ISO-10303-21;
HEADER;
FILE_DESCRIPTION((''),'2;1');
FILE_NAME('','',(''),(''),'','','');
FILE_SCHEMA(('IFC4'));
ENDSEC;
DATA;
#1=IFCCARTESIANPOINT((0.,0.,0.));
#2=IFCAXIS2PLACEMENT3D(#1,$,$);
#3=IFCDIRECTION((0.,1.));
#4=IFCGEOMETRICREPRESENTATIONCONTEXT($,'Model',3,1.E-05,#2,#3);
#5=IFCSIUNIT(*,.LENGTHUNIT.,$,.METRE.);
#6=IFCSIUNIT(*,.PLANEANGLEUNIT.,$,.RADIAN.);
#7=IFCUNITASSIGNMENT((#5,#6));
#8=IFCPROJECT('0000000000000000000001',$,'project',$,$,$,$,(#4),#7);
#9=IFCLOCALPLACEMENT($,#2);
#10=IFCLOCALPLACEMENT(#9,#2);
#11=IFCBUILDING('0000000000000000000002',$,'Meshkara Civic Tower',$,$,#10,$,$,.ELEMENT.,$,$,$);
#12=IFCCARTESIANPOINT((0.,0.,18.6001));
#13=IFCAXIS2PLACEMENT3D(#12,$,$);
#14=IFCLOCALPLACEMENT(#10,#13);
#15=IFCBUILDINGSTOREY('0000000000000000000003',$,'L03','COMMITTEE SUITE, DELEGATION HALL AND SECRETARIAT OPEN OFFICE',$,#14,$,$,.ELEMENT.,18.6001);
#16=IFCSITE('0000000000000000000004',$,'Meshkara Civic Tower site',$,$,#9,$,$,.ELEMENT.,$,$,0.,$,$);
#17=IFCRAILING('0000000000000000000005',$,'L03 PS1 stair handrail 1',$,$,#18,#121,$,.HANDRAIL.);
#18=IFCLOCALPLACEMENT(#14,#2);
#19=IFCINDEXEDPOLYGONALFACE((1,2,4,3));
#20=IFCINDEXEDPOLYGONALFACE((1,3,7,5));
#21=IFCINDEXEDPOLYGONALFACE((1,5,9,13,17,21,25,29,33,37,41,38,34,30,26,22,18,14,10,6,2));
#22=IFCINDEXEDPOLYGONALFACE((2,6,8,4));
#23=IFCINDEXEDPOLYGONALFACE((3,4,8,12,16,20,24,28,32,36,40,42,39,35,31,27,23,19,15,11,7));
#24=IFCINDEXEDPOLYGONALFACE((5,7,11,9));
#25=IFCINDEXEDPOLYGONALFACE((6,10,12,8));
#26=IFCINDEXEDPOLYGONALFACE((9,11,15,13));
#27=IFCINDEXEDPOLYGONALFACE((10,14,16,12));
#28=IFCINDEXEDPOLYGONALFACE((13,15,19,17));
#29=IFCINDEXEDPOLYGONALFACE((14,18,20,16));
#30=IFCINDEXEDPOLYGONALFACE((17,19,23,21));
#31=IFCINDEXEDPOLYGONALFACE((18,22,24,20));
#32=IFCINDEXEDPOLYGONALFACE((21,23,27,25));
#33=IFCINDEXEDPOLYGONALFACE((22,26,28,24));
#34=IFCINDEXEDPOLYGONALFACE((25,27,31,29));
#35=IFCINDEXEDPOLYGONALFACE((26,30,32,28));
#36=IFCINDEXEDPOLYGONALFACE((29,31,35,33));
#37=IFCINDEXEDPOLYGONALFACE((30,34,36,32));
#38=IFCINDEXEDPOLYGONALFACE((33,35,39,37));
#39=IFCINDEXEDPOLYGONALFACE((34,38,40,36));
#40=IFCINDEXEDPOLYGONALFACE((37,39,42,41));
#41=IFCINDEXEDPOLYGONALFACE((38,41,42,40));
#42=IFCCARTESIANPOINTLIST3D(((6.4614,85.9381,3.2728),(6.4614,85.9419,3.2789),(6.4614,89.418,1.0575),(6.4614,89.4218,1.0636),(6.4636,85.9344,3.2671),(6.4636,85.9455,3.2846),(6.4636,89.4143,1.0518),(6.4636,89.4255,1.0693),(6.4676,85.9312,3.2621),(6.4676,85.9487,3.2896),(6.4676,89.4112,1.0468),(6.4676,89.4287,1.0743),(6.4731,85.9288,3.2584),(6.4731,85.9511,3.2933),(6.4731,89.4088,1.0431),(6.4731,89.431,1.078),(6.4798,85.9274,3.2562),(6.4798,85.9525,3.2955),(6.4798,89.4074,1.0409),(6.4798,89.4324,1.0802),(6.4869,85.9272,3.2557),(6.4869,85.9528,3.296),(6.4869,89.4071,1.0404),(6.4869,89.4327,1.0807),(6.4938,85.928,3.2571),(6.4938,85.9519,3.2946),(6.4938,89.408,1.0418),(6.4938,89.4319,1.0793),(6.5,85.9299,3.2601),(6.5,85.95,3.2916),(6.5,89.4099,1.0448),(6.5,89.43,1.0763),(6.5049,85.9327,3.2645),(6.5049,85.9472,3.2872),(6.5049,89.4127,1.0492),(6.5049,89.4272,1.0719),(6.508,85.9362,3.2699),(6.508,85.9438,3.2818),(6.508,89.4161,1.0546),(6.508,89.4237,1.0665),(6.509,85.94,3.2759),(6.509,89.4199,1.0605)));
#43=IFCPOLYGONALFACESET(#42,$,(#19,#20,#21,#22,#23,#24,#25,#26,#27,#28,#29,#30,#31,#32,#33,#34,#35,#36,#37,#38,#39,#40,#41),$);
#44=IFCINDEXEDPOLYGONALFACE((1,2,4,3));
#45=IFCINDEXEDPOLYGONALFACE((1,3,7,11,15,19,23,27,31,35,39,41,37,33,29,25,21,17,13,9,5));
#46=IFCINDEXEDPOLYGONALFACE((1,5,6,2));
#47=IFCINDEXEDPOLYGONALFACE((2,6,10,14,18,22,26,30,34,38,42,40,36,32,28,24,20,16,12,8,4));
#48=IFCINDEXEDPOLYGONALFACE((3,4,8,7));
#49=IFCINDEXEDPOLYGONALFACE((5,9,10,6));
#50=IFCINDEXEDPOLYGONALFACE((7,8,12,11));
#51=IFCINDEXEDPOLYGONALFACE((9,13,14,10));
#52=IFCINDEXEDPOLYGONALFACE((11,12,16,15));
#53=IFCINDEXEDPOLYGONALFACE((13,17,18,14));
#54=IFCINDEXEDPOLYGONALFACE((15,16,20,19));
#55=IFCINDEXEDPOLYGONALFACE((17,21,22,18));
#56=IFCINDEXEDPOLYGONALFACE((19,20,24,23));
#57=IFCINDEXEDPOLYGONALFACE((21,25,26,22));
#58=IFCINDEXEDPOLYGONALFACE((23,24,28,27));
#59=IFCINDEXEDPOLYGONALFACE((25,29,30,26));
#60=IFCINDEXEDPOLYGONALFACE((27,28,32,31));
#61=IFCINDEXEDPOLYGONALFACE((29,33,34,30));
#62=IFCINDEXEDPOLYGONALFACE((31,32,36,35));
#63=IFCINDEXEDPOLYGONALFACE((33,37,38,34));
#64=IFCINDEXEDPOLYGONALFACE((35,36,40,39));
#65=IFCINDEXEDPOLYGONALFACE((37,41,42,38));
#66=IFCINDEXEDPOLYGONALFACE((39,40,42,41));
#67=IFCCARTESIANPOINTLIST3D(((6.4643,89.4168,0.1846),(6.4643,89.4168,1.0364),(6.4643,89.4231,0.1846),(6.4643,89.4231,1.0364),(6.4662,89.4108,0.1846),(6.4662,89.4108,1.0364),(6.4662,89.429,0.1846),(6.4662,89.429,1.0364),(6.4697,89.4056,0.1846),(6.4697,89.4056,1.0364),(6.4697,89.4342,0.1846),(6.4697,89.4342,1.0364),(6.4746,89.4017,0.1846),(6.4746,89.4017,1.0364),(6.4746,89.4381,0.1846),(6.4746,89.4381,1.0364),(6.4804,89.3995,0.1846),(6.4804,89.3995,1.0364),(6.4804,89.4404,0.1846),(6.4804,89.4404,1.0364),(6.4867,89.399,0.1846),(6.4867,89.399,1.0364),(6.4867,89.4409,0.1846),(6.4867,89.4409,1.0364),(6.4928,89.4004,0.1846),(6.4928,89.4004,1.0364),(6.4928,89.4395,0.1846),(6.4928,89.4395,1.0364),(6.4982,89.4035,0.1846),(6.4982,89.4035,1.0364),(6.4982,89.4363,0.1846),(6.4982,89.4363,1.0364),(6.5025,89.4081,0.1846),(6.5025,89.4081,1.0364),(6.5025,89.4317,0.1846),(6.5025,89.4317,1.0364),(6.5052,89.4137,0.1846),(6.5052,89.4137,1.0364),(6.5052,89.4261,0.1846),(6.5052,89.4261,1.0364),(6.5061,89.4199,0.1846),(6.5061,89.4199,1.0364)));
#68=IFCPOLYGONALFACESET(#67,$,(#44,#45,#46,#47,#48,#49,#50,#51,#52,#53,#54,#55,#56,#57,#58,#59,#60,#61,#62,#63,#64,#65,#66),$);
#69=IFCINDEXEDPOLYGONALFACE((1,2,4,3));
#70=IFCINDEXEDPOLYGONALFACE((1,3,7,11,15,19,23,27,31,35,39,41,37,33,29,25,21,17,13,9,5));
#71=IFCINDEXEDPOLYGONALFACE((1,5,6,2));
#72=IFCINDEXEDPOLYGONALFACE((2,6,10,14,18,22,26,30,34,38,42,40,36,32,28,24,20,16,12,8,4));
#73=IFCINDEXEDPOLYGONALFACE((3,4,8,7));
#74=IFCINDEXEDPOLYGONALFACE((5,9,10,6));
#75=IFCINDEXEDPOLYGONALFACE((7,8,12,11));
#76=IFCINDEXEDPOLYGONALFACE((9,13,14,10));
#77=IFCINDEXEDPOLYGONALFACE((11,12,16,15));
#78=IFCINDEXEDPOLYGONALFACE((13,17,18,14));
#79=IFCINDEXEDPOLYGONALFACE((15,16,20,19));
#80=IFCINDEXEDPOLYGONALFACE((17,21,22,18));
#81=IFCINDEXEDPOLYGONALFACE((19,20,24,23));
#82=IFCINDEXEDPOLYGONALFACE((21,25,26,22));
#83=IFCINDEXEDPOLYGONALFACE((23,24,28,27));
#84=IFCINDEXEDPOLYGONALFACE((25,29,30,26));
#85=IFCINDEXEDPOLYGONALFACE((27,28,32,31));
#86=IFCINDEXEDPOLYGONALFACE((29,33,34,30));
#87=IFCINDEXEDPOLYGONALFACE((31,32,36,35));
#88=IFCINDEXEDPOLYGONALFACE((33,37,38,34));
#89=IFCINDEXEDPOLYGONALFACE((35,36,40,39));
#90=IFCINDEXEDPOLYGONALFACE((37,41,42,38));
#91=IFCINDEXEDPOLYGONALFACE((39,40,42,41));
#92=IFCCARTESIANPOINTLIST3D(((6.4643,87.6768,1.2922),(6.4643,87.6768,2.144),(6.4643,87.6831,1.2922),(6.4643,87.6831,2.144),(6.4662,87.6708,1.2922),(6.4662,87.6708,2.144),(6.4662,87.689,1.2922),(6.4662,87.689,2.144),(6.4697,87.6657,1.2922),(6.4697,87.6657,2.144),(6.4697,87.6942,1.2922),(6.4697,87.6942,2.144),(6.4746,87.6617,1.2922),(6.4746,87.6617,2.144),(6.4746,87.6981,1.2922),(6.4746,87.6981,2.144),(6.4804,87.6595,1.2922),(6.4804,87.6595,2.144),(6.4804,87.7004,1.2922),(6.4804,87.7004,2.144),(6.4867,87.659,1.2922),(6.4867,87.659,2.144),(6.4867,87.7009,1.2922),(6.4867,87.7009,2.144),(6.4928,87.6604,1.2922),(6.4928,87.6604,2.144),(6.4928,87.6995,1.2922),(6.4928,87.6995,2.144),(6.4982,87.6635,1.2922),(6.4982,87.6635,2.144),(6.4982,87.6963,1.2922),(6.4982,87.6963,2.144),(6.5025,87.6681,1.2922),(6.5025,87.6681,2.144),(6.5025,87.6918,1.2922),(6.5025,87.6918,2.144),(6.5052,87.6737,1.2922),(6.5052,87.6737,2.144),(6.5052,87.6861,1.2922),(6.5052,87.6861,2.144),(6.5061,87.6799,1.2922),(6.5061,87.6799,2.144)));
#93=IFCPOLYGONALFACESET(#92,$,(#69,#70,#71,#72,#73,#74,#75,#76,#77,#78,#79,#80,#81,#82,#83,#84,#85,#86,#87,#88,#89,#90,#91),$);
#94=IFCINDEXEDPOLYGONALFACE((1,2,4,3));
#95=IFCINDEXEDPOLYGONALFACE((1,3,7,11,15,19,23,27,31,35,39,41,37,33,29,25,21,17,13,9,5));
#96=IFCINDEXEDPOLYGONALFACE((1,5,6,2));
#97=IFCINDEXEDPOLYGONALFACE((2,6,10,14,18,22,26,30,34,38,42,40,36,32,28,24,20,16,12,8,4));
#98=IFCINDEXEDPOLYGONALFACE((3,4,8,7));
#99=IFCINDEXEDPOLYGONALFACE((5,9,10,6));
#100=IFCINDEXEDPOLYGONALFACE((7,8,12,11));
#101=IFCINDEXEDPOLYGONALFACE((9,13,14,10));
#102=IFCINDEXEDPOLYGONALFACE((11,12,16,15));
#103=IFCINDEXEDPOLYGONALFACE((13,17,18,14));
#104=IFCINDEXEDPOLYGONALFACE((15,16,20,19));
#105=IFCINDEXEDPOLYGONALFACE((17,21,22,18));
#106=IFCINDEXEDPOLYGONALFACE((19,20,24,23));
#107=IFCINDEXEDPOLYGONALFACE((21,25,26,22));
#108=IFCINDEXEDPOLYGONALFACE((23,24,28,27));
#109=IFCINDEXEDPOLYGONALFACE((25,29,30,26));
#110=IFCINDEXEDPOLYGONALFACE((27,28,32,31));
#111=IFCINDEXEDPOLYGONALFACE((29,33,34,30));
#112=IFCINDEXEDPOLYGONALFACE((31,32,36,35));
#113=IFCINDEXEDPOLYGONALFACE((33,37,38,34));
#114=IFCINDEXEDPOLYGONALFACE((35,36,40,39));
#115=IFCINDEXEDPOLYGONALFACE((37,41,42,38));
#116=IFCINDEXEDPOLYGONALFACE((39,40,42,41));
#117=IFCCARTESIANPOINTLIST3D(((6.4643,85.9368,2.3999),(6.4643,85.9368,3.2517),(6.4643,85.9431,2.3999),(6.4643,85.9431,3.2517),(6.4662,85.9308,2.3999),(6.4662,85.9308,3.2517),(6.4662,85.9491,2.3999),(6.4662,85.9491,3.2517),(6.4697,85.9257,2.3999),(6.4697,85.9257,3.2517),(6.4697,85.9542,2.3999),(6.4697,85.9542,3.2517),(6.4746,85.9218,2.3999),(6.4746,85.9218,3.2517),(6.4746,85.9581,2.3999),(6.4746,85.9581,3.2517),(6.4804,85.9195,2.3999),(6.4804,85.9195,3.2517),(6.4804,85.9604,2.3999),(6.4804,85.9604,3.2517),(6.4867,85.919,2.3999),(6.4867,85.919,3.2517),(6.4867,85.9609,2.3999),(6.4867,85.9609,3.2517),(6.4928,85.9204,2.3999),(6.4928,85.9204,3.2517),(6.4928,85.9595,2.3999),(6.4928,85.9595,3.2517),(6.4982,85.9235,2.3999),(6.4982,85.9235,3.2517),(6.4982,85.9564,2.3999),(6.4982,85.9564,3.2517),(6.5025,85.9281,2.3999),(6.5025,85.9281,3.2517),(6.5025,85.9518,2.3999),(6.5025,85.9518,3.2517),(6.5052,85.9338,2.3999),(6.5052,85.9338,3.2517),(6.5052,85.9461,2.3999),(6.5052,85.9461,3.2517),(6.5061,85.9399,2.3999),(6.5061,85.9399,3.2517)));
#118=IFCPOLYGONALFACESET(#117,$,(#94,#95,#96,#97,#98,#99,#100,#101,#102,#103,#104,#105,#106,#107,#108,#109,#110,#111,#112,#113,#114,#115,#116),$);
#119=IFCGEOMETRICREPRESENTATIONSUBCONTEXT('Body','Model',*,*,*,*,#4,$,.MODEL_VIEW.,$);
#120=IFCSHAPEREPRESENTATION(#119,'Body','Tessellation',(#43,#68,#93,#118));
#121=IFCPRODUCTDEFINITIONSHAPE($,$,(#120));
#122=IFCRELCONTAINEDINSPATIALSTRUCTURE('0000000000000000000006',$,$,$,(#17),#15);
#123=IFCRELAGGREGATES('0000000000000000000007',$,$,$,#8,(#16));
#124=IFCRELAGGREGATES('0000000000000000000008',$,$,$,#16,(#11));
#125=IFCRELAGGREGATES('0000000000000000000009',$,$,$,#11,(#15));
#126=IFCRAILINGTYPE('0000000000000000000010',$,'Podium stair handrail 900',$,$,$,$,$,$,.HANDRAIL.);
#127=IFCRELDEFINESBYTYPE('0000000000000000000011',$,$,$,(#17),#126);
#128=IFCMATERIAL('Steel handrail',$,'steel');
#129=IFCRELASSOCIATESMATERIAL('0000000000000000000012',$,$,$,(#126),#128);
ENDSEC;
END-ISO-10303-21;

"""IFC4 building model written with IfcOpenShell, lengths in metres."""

from ifc_helpers import new_model, si_unit, direction, frame, origin, origin_2d, place, context, subcontext, project, spatial, circle, extrude, material, type_object, element, save


model = new_model("IFC4")

# Units and contexts
model_context = context("Model", 3, precision=1e-05, world=origin(), true_north=direction((0.0, 1.0)))
body_context = subcontext(model_context, "Body", "Model", "MODEL_VIEW")
ifc_project = project(units=[si_unit("LENGTHUNIT", "METRE"), si_unit("PLANEANGLEUNIT", "RADIAN")], contexts=[model_context])

# Site, building, storey
site_placement = place(None, origin())
site = spatial("IfcSite", under=ifc_project, at=site_placement, Name="Meshkara Civic Tower site", CompositionType="ELEMENT", RefElevation=0.0)
building_placement = place(site_placement, origin())
building = spatial("IfcBuilding", under=site, at=building_placement, Name="Meshkara Civic Tower", CompositionType="ELEMENT")
storey_placement = place(building_placement, frame((0.0, 0.0, 18.6001)))
storey = spatial("IfcBuildingStorey", under=building, at=storey_placement, Name="L03", Description="COMMITTEE SUITE, DELEGATION HALL AND SECRETARIAT OPEN OFFICE", CompositionType="ELEMENT", Elevation=18.6001)

# Railing
ifc_material_1 = material(Name="Steel handrail", Category="steel")
railing_type_1 = type_object("IfcRailingType", Name="Podium stair handrail 900", PredefinedType="HANDRAIL", material=ifc_material_1)
railing_1_placement = place(storey_placement, frame((6.4851, 89.4199, 0.1846)))
element("IfcRailing", 1, at=railing_1_placement, inside=storey, type_object=railing_type_1, Name="L03 PS1 stair handrail 1", PredefinedType="HANDRAIL", context=body_context, shape_type="SweptSolid", body=[
    extrude(circle(Radius=0.0239, at=origin_2d()), frame((0.0, 0.0, 0.876), z_axis=(0.0, -0.843574, 0.537013), x_axis=(1.0, 0.0, 0.0)), (0.0, 0.0, 1.0), 4.1252),
    extrude(circle(Radius=0.021, at=origin_2d()), origin(), (0.0, 0.0, 1.0), 0.8518),
    extrude(circle(Radius=0.021, at=origin_2d()), frame((0.0, -1.74, 1.1077)), (0.0, 0.0, 1.0), 0.8518),
    extrude(circle(Radius=0.021, at=origin_2d()), frame((0.0, -3.48, 2.2153)), (0.0, 0.0, 1.0), 0.8518),
])

save(model, "model.ifc")
